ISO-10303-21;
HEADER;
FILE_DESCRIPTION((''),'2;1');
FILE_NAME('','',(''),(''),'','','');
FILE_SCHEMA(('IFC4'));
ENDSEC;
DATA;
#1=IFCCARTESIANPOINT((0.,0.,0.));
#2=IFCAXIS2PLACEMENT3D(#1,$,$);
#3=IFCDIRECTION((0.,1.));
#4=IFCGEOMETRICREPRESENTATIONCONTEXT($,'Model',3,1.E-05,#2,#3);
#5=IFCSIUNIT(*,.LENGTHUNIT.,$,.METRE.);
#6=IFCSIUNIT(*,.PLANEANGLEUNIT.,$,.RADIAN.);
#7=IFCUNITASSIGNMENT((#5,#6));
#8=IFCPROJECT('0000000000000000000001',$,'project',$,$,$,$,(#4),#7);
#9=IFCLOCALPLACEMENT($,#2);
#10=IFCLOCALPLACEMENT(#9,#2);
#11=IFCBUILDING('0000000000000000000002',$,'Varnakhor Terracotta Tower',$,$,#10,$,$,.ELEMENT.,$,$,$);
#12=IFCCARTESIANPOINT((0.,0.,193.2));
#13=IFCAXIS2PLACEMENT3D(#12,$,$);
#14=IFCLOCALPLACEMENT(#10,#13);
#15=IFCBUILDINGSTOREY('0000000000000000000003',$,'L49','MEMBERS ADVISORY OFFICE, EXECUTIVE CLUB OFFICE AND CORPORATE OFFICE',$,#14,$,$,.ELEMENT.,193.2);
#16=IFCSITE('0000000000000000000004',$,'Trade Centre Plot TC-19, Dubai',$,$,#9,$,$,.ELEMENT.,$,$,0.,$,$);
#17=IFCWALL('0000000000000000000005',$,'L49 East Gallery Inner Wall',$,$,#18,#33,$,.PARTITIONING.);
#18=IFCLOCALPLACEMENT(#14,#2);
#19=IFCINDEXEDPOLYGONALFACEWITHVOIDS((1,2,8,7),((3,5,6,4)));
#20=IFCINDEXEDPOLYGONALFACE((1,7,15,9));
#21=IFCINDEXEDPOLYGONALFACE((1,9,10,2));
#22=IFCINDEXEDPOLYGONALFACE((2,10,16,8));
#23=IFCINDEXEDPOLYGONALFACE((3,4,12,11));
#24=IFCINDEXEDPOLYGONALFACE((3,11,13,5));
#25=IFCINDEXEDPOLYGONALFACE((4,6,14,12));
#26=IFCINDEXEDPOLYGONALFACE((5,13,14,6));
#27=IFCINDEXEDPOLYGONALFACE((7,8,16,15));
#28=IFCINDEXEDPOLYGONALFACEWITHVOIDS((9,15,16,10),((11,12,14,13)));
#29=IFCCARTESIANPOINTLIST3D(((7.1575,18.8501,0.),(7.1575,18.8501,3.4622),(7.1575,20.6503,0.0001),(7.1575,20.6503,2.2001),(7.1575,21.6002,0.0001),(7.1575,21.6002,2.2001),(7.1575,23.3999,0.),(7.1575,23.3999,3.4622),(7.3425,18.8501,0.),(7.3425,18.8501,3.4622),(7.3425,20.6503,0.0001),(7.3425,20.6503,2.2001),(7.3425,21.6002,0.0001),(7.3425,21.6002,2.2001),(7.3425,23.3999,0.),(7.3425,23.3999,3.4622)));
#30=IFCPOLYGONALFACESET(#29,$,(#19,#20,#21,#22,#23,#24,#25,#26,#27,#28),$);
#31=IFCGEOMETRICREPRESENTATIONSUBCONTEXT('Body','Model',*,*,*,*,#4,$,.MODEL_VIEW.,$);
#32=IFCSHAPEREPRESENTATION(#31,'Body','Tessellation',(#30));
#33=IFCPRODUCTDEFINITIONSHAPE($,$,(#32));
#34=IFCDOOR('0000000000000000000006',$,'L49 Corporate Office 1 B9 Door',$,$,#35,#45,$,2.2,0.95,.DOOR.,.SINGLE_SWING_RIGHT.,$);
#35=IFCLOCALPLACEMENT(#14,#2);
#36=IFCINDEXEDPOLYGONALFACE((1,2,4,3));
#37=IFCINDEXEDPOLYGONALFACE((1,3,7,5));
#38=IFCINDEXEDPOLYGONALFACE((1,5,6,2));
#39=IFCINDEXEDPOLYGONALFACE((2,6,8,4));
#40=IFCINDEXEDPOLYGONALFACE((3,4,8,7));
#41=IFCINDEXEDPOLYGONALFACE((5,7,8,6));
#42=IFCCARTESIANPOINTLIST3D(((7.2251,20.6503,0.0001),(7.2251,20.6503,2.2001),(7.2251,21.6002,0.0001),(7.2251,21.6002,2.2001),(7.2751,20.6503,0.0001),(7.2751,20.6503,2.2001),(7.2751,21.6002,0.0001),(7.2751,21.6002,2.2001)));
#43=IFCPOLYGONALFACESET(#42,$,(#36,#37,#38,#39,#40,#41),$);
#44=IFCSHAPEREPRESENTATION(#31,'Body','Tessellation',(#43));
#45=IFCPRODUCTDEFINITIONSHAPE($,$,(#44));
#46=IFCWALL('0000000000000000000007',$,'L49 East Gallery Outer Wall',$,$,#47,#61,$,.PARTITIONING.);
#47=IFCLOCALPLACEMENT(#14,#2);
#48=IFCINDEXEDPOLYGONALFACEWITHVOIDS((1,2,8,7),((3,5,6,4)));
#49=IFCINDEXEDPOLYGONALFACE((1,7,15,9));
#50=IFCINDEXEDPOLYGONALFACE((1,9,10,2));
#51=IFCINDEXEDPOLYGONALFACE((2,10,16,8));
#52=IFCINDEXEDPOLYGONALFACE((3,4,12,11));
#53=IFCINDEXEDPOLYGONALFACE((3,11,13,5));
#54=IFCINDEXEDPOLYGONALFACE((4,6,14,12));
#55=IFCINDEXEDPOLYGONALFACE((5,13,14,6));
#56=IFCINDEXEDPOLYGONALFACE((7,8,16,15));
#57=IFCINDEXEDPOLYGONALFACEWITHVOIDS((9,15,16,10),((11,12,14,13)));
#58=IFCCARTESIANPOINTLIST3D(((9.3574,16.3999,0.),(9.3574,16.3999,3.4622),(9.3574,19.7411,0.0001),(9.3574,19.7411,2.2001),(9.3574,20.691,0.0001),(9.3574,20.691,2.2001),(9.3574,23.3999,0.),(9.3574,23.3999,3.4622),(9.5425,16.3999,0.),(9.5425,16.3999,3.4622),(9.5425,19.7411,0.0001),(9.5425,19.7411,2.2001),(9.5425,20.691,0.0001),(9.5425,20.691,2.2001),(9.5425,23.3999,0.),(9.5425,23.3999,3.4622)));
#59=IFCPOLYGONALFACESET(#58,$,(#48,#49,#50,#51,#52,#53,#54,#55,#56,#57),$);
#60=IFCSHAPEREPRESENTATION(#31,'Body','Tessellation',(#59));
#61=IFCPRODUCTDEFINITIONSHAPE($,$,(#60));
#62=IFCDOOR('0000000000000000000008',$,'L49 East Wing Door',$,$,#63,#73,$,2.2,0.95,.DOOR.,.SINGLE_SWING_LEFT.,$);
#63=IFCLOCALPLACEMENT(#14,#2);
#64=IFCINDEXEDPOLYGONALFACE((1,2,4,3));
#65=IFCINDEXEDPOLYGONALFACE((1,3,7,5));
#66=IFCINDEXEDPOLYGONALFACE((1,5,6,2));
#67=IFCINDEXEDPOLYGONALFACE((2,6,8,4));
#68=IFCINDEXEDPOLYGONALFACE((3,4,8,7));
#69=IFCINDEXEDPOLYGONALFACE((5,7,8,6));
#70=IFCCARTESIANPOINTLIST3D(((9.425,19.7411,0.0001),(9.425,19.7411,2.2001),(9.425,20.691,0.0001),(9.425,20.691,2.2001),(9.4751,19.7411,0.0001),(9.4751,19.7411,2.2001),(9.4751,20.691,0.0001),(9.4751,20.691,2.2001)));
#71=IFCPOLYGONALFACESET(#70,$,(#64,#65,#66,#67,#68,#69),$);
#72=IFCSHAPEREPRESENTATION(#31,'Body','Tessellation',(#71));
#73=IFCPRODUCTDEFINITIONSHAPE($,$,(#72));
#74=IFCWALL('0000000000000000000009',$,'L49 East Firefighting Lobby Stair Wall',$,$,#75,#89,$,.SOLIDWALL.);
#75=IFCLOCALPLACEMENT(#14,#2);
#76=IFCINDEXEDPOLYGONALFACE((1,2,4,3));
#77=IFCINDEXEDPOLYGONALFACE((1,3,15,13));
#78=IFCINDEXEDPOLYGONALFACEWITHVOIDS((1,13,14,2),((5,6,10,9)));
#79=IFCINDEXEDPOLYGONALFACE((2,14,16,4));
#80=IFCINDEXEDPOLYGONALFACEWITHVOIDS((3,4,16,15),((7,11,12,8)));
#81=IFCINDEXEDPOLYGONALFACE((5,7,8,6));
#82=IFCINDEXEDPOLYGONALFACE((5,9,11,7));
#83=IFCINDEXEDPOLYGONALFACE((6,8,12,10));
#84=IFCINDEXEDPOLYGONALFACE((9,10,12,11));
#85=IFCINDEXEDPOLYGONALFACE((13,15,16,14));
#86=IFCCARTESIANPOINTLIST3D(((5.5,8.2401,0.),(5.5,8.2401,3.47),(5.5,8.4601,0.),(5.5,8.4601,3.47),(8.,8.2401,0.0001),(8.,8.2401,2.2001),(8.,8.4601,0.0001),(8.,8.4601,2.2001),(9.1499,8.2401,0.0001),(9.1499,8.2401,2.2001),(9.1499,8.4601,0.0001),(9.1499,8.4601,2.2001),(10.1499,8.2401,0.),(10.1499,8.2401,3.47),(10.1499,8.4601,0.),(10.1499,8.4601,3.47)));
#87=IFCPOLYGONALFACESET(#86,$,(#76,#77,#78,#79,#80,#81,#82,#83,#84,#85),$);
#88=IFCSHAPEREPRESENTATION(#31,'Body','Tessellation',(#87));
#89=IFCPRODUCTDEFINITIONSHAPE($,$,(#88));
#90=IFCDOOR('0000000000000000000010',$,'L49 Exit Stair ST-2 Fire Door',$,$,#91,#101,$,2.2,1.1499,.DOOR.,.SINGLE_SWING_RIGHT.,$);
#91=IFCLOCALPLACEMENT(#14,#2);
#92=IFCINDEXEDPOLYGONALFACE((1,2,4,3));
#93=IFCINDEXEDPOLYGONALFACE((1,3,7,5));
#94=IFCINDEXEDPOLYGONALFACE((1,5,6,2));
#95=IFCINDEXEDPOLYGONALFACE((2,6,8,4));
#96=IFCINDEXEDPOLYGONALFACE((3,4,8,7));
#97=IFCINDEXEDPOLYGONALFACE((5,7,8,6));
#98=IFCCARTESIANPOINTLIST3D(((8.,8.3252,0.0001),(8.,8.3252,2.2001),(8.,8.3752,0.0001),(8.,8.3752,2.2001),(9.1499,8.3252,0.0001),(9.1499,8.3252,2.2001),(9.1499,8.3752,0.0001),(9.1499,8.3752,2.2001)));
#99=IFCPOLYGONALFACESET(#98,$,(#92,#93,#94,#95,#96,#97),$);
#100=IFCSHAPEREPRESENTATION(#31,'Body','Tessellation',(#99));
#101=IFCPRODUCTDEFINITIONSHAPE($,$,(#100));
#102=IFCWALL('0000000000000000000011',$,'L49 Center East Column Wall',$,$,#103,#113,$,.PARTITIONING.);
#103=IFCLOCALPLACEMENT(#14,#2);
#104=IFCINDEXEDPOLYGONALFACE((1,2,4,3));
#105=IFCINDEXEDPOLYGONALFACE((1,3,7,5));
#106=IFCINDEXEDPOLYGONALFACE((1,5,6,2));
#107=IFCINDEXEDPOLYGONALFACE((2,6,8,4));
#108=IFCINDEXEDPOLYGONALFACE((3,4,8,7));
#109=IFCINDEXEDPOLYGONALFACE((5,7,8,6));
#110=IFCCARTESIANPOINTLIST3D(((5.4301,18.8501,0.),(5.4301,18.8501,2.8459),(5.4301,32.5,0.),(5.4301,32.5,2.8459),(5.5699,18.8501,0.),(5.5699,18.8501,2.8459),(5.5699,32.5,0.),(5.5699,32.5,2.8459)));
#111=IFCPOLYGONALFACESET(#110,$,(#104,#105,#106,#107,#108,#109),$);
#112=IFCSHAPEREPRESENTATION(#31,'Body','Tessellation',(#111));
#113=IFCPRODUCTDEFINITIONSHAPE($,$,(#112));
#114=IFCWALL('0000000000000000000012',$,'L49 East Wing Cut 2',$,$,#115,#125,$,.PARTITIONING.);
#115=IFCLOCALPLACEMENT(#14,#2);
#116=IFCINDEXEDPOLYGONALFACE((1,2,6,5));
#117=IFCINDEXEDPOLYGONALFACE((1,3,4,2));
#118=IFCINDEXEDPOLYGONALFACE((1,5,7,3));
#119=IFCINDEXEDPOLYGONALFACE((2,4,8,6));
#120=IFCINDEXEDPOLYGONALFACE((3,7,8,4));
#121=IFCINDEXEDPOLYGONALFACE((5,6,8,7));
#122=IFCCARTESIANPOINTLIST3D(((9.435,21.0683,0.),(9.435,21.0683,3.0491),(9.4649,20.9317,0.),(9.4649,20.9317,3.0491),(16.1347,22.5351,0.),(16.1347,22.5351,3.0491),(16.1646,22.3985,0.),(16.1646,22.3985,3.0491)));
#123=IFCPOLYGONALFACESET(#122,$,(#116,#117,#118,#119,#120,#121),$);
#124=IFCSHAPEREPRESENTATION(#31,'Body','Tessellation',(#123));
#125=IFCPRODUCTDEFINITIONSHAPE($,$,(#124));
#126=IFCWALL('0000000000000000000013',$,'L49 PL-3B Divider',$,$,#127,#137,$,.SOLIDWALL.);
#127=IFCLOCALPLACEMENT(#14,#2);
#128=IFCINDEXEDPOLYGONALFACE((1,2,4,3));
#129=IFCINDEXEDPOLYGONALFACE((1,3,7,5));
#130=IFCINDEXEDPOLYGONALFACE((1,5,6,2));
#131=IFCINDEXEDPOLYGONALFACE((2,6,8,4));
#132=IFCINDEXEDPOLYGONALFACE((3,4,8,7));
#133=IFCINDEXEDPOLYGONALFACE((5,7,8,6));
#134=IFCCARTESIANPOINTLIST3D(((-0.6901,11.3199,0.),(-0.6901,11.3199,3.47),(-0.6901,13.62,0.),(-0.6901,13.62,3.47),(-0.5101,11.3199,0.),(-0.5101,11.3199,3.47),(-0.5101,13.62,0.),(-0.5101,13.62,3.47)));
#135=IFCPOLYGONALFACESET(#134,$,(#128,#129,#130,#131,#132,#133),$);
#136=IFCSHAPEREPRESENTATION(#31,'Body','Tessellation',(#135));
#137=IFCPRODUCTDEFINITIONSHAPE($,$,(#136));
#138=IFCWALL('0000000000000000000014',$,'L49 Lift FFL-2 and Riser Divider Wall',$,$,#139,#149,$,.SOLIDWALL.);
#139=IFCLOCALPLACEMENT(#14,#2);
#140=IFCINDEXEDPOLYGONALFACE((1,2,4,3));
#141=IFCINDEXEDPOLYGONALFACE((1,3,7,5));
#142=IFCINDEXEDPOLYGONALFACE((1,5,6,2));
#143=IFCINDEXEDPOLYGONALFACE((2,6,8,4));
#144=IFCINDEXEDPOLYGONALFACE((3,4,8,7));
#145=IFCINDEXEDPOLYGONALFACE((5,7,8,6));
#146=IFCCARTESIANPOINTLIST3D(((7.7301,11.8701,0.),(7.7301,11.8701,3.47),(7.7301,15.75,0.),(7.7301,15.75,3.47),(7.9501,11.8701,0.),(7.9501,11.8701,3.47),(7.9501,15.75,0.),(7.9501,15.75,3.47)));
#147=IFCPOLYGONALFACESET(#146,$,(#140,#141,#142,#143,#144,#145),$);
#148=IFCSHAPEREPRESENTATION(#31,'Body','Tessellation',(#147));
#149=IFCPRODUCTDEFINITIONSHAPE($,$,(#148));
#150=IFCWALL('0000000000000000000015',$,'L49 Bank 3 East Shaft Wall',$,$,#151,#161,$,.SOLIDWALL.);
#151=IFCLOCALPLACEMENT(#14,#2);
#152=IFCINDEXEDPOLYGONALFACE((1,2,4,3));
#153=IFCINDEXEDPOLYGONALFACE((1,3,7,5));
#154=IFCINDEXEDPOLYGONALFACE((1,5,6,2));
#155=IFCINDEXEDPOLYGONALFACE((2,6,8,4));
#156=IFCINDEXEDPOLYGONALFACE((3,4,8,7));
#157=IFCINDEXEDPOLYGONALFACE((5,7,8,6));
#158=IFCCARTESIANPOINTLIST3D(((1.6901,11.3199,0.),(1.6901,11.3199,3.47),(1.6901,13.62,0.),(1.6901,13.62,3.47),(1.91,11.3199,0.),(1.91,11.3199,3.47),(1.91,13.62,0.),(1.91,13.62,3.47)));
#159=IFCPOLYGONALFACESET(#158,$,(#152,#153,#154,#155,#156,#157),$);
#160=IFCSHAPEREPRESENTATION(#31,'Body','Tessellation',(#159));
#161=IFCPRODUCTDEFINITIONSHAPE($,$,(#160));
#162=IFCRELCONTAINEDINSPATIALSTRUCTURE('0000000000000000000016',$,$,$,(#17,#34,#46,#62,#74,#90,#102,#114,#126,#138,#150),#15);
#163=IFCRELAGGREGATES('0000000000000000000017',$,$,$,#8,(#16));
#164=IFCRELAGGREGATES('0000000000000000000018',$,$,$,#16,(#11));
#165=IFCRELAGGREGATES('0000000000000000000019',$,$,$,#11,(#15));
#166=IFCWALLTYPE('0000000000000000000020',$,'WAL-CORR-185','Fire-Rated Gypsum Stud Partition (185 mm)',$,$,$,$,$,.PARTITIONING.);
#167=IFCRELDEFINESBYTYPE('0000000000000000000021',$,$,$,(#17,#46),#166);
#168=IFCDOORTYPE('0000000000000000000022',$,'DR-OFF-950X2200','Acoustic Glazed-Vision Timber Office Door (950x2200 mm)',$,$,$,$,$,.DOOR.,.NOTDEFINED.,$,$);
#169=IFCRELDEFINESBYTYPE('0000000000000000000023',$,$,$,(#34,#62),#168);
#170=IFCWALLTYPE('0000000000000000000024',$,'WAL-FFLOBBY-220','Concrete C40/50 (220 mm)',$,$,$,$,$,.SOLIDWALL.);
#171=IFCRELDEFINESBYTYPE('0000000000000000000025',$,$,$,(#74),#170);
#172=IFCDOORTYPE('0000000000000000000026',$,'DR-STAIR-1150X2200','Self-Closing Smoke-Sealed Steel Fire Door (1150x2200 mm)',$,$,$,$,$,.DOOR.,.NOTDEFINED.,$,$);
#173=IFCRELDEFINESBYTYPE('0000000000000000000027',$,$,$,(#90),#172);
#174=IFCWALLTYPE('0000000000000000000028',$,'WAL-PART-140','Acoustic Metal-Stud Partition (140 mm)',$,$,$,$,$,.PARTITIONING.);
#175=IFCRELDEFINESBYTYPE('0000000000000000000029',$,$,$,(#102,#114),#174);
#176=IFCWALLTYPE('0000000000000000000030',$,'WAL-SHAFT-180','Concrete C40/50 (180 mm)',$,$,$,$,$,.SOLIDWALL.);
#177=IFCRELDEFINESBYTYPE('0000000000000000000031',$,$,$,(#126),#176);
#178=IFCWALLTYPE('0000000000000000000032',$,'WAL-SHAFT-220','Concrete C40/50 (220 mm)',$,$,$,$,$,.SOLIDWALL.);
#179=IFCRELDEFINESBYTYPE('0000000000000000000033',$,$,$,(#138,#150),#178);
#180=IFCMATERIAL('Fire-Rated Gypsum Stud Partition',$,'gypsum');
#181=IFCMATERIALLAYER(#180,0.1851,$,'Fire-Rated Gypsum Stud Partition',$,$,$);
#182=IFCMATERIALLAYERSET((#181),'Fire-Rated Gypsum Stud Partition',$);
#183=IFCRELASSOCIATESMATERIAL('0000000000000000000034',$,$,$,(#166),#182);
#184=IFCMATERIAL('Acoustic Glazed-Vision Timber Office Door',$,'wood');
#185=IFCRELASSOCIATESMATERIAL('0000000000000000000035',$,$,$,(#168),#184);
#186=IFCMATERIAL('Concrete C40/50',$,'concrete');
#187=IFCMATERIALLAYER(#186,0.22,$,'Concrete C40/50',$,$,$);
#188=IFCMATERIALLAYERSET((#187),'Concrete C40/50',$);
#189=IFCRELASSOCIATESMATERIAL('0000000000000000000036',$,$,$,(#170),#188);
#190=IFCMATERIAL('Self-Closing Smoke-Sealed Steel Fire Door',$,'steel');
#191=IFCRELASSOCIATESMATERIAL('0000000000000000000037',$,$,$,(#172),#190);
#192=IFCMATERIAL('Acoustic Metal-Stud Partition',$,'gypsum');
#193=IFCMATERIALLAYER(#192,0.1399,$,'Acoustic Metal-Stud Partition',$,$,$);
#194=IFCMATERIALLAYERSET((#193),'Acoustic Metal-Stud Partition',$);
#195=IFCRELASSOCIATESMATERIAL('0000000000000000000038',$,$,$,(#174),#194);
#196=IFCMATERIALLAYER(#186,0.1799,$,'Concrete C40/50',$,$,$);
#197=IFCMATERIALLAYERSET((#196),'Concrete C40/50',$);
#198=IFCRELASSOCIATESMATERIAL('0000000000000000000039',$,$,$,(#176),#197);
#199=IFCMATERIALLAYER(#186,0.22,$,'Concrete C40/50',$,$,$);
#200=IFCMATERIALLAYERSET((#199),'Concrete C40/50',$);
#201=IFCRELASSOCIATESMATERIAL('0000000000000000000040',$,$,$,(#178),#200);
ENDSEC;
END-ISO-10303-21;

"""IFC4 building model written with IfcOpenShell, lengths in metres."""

from ifc_helpers import new_model, si_unit, direction, frame, frame_2d, origin, place, context, subcontext, project, spatial, rectangle, extrude, source, transform, mapped, material, layer, layer_set, type_object, type_shapes, element, fill, save


model = new_model("IFC4")

# Units and contexts
model_context = context("Model", 3, precision=1e-05, world=origin(), true_north=direction((0.0, 1.0)))
body_context = subcontext(model_context, "Body", "Model", "MODEL_VIEW")
ifc_project = project(units=[si_unit("LENGTHUNIT", "METRE"), si_unit("PLANEANGLEUNIT", "RADIAN")], contexts=[model_context])

# Site, building, storey
site_placement = place(None, origin())
site = spatial("IfcSite", under=ifc_project, at=site_placement, Name="Trade Centre Plot TC-19, Dubai", CompositionType="ELEMENT", RefElevation=0.0)
building_placement = place(site_placement, origin())
building = spatial("IfcBuilding", under=site, at=building_placement, Name="Varnakhor Terracotta Tower", CompositionType="ELEMENT")
storey_placement = place(building_placement, frame((0.0, 0.0, 193.2)))
storey = spatial("IfcBuildingStorey", under=building, at=storey_placement, Name="L49", Description="MEMBERS ADVISORY OFFICE, EXECUTIVE CLUB OFFICE AND CORPORATE OFFICE", CompositionType="ELEMENT", Elevation=193.2)

# Walls, openings, doors
ifc_material_1 = material(Name="Fire-Rated Gypsum Stud Partition", Category="gypsum")
ifc_layer_1 = layer(ifc_material_1, 0.1851, Name="Fire-Rated Gypsum Stud Partition")
ifc_layer_set_1 = layer_set([ifc_layer_1], Name="Fire-Rated Gypsum Stud Partition")
wall_type_1 = type_object("IfcWallType", Name="WAL-CORR-185", Description="Fire-Rated Gypsum Stud Partition (185 mm)", PredefinedType="PARTITIONING", material=ifc_layer_set_1)
wall_1_placement = place(storey_placement, frame((7.25, 18.8501, 0.0), z_axis=(0.0, 0.0, 1.0), x_axis=(0.0, 1.0, 0.0)))
wall_1 = element("IfcWall", 1, at=wall_1_placement, inside=storey, type_object=wall_type_1, Name="L49 East Gallery Inner Wall", PredefinedType="PARTITIONING", context=body_context, shape_type="SweptSolid", body=[
    extrude(rectangle(XDim=4.5498, YDim=0.1851, at=frame_2d((2.2749, 0.0))), origin(), (0.0, 0.0, 1.0), 3.4622),
])
opening_1_placement = place(wall_1_placement, frame((1.8, 0.0, 0.0)))
opening_1 = element("IfcOpeningElement", 2, at=opening_1_placement, cuts=wall_1, PredefinedType="OPENING", context=body_context, shape_type="SweptSolid", body=[
    extrude(rectangle(XDim=0.95, YDim=2.2, at=frame_2d((0.4751, 1.1001))), frame((0.0, 0.1025, 0.0), z_axis=(0.0, -1.0, 0.0), x_axis=(1.0, 0.0, 0.0)), (0.0, 0.0, 1.0), 0.2051),
])
ifc_material_2 = material(Name="Acoustic Glazed-Vision Timber Office Door", Category="wood")
door_type_1 = type_object("IfcDoorType", Name="DR-OFF-950X2200", Description="Acoustic Glazed-Vision Timber Office Door (950x2200 mm)", OperationType="NOTDEFINED", PredefinedType="DOOR", material=ifc_material_2)
shared_shape_1 = source(origin(), body_context, "Body", "SweptSolid", [
    extrude(rectangle(XDim=0.95, YDim=2.2, at=frame_2d((0.4751, 1.1001))), frame((0.0, 0.0249, 0.0), z_axis=(0.0, -1.0, 0.0), x_axis=(1.0, 0.0, 0.0)), (0.0, 0.0, 1.0), 0.05),
])
type_shapes(door_type_1, [shared_shape_1])
door_1_placement = place(opening_1_placement, origin())
door_1 = element("IfcDoor", 3, at=door_1_placement, inside=storey, type_object=door_type_1, Name="L49 Corporate Office 1 B9 Door", OperationType="SINGLE_SWING_RIGHT", OverallHeight=2.2, OverallWidth=0.95, PredefinedType="DOOR", context=body_context, shape_type="MappedRepresentation", body=[
    mapped(shared_shape_1, transform((0.0, 0.0, 0.0), scale=1.0)),
])
fill(opening_1, door_1)
wall_2_placement = place(storey_placement, frame((9.45, 16.3999, 0.0), z_axis=(0.0, 0.0, 1.0), x_axis=(0.0, 1.0, 0.0)))
wall_2 = element("IfcWall", 4, at=wall_2_placement, inside=storey, type_object=wall_type_1, Name="L49 East Gallery Outer Wall", PredefinedType="PARTITIONING", context=body_context, shape_type="SweptSolid", body=[
    extrude(rectangle(XDim=7.0, YDim=0.1851, at=frame_2d((3.5, 0.0))), origin(), (0.0, 0.0, 1.0), 3.4622),
])
opening_2_placement = place(wall_2_placement, frame((3.3411, 0.0, 0.0)))
opening_2 = element("IfcOpeningElement", 5, at=opening_2_placement, cuts=wall_2, PredefinedType="OPENING", context=body_context, shape_type="SweptSolid", body=[
    extrude(rectangle(XDim=0.95, YDim=2.2, at=frame_2d((0.4751, 1.1001))), frame((0.0, 0.1025, 0.0), z_axis=(0.0, -1.0, 0.0), x_axis=(1.0, 0.0, 0.0)), (0.0, 0.0, 1.0), 0.2051),
])
door_2_placement = place(opening_2_placement, origin())
door_2 = element("IfcDoor", 6, at=door_2_placement, inside=storey, type_object=door_type_1, Name="L49 East Wing Door", OperationType="SINGLE_SWING_LEFT", OverallHeight=2.2, OverallWidth=0.95, PredefinedType="DOOR", context=body_context, shape_type="MappedRepresentation", body=[
    mapped(shared_shape_1, transform((0.0, 0.0, 0.0), scale=1.0)),
])
fill(opening_2, door_2)
ifc_material_3 = material(Name="Concrete C40/50", Category="concrete")
ifc_layer_2 = layer(ifc_material_3, 0.22, Name="Concrete C40/50")
ifc_layer_set_2 = layer_set([ifc_layer_2], Name="Concrete C40/50")
wall_type_2 = type_object("IfcWallType", Name="WAL-FFLOBBY-220", Description="Concrete C40/50 (220 mm)", PredefinedType="SOLIDWALL", material=ifc_layer_set_2)
wall_3_placement = place(storey_placement, frame((10.1499, 8.3501, 0.0), z_axis=(0.0, 0.0, 1.0), x_axis=(-1.0, 0.0, 0.0)))
wall_3 = element("IfcWall", 7, at=wall_3_placement, inside=storey, type_object=wall_type_2, Name="L49 East Firefighting Lobby Stair Wall", PredefinedType="SOLIDWALL", context=body_context, shape_type="SweptSolid", body=[
    extrude(rectangle(XDim=4.6499, YDim=0.22, at=frame_2d((2.325, 0.0))), origin(), (0.0, 0.0, 1.0), 3.47),
])
opening_3_placement = place(wall_3_placement, frame((1.0, 0.0, 0.0)))
opening_3 = element("IfcOpeningElement", 8, at=opening_3_placement, cuts=wall_3, PredefinedType="OPENING", context=body_context, shape_type="SweptSolid", body=[
    extrude(rectangle(XDim=1.1499, YDim=2.2, at=frame_2d((0.575, 1.1001))), frame((0.0, 0.1201, 0.0), z_axis=(0.0, -1.0, 0.0), x_axis=(1.0, 0.0, 0.0)), (0.0, 0.0, 1.0), 0.24),
])
ifc_material_4 = material(Name="Self-Closing Smoke-Sealed Steel Fire Door", Category="steel")
door_type_2 = type_object("IfcDoorType", Name="DR-STAIR-1150X2200", Description="Self-Closing Smoke-Sealed Steel Fire Door (1150x2200 mm)", OperationType="NOTDEFINED", PredefinedType="DOOR", material=ifc_material_4)
shared_shape_2 = source(origin(), body_context, "Body", "SweptSolid", [
    extrude(rectangle(XDim=1.1499, YDim=2.2, at=frame_2d((0.575, 1.1001))), frame((0.0, 0.0249, 0.0), z_axis=(0.0, -1.0, 0.0), x_axis=(1.0, 0.0, 0.0)), (0.0, 0.0, 1.0), 0.05),
])
type_shapes(door_type_2, [shared_shape_2])
door_3_placement = place(opening_3_placement, origin())
door_3 = element("IfcDoor", 9, at=door_3_placement, inside=storey, type_object=door_type_2, Name="L49 Exit Stair ST-2 Fire Door", OperationType="SINGLE_SWING_RIGHT", OverallHeight=2.2, OverallWidth=1.1499, PredefinedType="DOOR", context=body_context, shape_type="MappedRepresentation", body=[
    mapped(shared_shape_2, transform((0.0, 0.0, 0.0), scale=1.0)),
])
fill(opening_3, door_3)

# Walls
ifc_material_5 = material(Name="Acoustic Metal-Stud Partition", Category="gypsum")
ifc_layer_3 = layer(ifc_material_5, 0.1399, Name="Acoustic Metal-Stud Partition")
ifc_layer_set_3 = layer_set([ifc_layer_3], Name="Acoustic Metal-Stud Partition")
wall_type_3 = type_object("IfcWallType", Name="WAL-PART-140", Description="Acoustic Metal-Stud Partition (140 mm)", PredefinedType="PARTITIONING", material=ifc_layer_set_3)
wall_4_placement = place(storey_placement, frame((5.5, 18.8501, 0.0), z_axis=(0.0, 0.0, 1.0), x_axis=(0.0, 1.0, 0.0)))
element("IfcWall", 10, at=wall_4_placement, inside=storey, type_object=wall_type_3, Name="L49 Center East Column Wall", PredefinedType="PARTITIONING", context=body_context, shape_type="SweptSolid", body=[
    extrude(rectangle(XDim=13.6499, YDim=0.1399, at=frame_2d((6.825, 0.0))), origin(), (0.0, 0.0, 1.0), 2.8459),
])
wall_5_placement = place(storey_placement, frame((9.45, 21.0, 0.0), z_axis=(0.0, 0.0, 1.0), x_axis=(0.976862, 0.213869, 0.0)))
element("IfcWall", 11, at=wall_5_placement, inside=storey, type_object=wall_type_3, Name="L49 East Wing Cut 2", PredefinedType="PARTITIONING", context=body_context, shape_type="SweptSolid", body=[
    extrude(rectangle(XDim=6.8584, YDim=0.1399, at=frame_2d((3.4292, 0.0))), origin(), (0.0, 0.0, 1.0), 3.0491),
])
ifc_layer_4 = layer(ifc_material_3, 0.1799, Name="Concrete C40/50")
ifc_layer_set_4 = layer_set([ifc_layer_4], Name="Concrete C40/50")
wall_type_4 = type_object("IfcWallType", Name="WAL-SHAFT-180", Description="Concrete C40/50 (180 mm)", PredefinedType="SOLIDWALL", material=ifc_layer_set_4)
wall_6_placement = place(storey_placement, frame((-0.6001, 11.3201, 0.0), z_axis=(0.0, 0.0, 1.0), x_axis=(0.0, 1.0, 0.0)))
element("IfcWall", 12, at=wall_6_placement, inside=storey, type_object=wall_type_4, Name="L49 PL-3B Divider", PredefinedType="SOLIDWALL", context=body_context, shape_type="SweptSolid", body=[
    extrude(rectangle(XDim=2.3, YDim=0.1799, at=frame_2d((1.1499, 0.0))), origin(), (0.0, 0.0, 1.0), 3.47),
])
ifc_layer_5 = layer(ifc_material_3, 0.22, Name="Concrete C40/50")
ifc_layer_set_5 = layer_set([ifc_layer_5], Name="Concrete C40/50")
wall_type_5 = type_object("IfcWallType", Name="WAL-SHAFT-220", Description="Concrete C40/50 (220 mm)", PredefinedType="SOLIDWALL", material=ifc_layer_set_5)
wall_7_placement = place(storey_placement, frame((7.8401, 11.8701, 0.0), z_axis=(0.0, 0.0, 1.0), x_axis=(0.0, 1.0, 0.0)))
element("IfcWall", 13, at=wall_7_placement, inside=storey, type_object=wall_type_5, Name="L49 Lift FFL-2 and Riser Divider Wall", PredefinedType="SOLIDWALL", context=body_context, shape_type="SweptSolid", body=[
    extrude(rectangle(XDim=3.8799, YDim=0.22, at=frame_2d((1.9399, 0.0))), origin(), (0.0, 0.0, 1.0), 3.47),
])
wall_8_placement = place(storey_placement, frame((1.8, 11.3201, 0.0), z_axis=(0.0, 0.0, 1.0), x_axis=(0.0, 1.0, 0.0)))
element("IfcWall", 14, at=wall_8_placement, inside=storey, type_object=wall_type_5, Name="L49 Bank 3 East Shaft Wall", PredefinedType="SOLIDWALL", context=body_context, shape_type="SweptSolid", body=[
    extrude(rectangle(XDim=2.3, YDim=0.22, at=frame_2d((1.1499, 0.0))), origin(), (0.0, 0.0, 1.0), 3.47),
])

save(model, "model.ifc")
